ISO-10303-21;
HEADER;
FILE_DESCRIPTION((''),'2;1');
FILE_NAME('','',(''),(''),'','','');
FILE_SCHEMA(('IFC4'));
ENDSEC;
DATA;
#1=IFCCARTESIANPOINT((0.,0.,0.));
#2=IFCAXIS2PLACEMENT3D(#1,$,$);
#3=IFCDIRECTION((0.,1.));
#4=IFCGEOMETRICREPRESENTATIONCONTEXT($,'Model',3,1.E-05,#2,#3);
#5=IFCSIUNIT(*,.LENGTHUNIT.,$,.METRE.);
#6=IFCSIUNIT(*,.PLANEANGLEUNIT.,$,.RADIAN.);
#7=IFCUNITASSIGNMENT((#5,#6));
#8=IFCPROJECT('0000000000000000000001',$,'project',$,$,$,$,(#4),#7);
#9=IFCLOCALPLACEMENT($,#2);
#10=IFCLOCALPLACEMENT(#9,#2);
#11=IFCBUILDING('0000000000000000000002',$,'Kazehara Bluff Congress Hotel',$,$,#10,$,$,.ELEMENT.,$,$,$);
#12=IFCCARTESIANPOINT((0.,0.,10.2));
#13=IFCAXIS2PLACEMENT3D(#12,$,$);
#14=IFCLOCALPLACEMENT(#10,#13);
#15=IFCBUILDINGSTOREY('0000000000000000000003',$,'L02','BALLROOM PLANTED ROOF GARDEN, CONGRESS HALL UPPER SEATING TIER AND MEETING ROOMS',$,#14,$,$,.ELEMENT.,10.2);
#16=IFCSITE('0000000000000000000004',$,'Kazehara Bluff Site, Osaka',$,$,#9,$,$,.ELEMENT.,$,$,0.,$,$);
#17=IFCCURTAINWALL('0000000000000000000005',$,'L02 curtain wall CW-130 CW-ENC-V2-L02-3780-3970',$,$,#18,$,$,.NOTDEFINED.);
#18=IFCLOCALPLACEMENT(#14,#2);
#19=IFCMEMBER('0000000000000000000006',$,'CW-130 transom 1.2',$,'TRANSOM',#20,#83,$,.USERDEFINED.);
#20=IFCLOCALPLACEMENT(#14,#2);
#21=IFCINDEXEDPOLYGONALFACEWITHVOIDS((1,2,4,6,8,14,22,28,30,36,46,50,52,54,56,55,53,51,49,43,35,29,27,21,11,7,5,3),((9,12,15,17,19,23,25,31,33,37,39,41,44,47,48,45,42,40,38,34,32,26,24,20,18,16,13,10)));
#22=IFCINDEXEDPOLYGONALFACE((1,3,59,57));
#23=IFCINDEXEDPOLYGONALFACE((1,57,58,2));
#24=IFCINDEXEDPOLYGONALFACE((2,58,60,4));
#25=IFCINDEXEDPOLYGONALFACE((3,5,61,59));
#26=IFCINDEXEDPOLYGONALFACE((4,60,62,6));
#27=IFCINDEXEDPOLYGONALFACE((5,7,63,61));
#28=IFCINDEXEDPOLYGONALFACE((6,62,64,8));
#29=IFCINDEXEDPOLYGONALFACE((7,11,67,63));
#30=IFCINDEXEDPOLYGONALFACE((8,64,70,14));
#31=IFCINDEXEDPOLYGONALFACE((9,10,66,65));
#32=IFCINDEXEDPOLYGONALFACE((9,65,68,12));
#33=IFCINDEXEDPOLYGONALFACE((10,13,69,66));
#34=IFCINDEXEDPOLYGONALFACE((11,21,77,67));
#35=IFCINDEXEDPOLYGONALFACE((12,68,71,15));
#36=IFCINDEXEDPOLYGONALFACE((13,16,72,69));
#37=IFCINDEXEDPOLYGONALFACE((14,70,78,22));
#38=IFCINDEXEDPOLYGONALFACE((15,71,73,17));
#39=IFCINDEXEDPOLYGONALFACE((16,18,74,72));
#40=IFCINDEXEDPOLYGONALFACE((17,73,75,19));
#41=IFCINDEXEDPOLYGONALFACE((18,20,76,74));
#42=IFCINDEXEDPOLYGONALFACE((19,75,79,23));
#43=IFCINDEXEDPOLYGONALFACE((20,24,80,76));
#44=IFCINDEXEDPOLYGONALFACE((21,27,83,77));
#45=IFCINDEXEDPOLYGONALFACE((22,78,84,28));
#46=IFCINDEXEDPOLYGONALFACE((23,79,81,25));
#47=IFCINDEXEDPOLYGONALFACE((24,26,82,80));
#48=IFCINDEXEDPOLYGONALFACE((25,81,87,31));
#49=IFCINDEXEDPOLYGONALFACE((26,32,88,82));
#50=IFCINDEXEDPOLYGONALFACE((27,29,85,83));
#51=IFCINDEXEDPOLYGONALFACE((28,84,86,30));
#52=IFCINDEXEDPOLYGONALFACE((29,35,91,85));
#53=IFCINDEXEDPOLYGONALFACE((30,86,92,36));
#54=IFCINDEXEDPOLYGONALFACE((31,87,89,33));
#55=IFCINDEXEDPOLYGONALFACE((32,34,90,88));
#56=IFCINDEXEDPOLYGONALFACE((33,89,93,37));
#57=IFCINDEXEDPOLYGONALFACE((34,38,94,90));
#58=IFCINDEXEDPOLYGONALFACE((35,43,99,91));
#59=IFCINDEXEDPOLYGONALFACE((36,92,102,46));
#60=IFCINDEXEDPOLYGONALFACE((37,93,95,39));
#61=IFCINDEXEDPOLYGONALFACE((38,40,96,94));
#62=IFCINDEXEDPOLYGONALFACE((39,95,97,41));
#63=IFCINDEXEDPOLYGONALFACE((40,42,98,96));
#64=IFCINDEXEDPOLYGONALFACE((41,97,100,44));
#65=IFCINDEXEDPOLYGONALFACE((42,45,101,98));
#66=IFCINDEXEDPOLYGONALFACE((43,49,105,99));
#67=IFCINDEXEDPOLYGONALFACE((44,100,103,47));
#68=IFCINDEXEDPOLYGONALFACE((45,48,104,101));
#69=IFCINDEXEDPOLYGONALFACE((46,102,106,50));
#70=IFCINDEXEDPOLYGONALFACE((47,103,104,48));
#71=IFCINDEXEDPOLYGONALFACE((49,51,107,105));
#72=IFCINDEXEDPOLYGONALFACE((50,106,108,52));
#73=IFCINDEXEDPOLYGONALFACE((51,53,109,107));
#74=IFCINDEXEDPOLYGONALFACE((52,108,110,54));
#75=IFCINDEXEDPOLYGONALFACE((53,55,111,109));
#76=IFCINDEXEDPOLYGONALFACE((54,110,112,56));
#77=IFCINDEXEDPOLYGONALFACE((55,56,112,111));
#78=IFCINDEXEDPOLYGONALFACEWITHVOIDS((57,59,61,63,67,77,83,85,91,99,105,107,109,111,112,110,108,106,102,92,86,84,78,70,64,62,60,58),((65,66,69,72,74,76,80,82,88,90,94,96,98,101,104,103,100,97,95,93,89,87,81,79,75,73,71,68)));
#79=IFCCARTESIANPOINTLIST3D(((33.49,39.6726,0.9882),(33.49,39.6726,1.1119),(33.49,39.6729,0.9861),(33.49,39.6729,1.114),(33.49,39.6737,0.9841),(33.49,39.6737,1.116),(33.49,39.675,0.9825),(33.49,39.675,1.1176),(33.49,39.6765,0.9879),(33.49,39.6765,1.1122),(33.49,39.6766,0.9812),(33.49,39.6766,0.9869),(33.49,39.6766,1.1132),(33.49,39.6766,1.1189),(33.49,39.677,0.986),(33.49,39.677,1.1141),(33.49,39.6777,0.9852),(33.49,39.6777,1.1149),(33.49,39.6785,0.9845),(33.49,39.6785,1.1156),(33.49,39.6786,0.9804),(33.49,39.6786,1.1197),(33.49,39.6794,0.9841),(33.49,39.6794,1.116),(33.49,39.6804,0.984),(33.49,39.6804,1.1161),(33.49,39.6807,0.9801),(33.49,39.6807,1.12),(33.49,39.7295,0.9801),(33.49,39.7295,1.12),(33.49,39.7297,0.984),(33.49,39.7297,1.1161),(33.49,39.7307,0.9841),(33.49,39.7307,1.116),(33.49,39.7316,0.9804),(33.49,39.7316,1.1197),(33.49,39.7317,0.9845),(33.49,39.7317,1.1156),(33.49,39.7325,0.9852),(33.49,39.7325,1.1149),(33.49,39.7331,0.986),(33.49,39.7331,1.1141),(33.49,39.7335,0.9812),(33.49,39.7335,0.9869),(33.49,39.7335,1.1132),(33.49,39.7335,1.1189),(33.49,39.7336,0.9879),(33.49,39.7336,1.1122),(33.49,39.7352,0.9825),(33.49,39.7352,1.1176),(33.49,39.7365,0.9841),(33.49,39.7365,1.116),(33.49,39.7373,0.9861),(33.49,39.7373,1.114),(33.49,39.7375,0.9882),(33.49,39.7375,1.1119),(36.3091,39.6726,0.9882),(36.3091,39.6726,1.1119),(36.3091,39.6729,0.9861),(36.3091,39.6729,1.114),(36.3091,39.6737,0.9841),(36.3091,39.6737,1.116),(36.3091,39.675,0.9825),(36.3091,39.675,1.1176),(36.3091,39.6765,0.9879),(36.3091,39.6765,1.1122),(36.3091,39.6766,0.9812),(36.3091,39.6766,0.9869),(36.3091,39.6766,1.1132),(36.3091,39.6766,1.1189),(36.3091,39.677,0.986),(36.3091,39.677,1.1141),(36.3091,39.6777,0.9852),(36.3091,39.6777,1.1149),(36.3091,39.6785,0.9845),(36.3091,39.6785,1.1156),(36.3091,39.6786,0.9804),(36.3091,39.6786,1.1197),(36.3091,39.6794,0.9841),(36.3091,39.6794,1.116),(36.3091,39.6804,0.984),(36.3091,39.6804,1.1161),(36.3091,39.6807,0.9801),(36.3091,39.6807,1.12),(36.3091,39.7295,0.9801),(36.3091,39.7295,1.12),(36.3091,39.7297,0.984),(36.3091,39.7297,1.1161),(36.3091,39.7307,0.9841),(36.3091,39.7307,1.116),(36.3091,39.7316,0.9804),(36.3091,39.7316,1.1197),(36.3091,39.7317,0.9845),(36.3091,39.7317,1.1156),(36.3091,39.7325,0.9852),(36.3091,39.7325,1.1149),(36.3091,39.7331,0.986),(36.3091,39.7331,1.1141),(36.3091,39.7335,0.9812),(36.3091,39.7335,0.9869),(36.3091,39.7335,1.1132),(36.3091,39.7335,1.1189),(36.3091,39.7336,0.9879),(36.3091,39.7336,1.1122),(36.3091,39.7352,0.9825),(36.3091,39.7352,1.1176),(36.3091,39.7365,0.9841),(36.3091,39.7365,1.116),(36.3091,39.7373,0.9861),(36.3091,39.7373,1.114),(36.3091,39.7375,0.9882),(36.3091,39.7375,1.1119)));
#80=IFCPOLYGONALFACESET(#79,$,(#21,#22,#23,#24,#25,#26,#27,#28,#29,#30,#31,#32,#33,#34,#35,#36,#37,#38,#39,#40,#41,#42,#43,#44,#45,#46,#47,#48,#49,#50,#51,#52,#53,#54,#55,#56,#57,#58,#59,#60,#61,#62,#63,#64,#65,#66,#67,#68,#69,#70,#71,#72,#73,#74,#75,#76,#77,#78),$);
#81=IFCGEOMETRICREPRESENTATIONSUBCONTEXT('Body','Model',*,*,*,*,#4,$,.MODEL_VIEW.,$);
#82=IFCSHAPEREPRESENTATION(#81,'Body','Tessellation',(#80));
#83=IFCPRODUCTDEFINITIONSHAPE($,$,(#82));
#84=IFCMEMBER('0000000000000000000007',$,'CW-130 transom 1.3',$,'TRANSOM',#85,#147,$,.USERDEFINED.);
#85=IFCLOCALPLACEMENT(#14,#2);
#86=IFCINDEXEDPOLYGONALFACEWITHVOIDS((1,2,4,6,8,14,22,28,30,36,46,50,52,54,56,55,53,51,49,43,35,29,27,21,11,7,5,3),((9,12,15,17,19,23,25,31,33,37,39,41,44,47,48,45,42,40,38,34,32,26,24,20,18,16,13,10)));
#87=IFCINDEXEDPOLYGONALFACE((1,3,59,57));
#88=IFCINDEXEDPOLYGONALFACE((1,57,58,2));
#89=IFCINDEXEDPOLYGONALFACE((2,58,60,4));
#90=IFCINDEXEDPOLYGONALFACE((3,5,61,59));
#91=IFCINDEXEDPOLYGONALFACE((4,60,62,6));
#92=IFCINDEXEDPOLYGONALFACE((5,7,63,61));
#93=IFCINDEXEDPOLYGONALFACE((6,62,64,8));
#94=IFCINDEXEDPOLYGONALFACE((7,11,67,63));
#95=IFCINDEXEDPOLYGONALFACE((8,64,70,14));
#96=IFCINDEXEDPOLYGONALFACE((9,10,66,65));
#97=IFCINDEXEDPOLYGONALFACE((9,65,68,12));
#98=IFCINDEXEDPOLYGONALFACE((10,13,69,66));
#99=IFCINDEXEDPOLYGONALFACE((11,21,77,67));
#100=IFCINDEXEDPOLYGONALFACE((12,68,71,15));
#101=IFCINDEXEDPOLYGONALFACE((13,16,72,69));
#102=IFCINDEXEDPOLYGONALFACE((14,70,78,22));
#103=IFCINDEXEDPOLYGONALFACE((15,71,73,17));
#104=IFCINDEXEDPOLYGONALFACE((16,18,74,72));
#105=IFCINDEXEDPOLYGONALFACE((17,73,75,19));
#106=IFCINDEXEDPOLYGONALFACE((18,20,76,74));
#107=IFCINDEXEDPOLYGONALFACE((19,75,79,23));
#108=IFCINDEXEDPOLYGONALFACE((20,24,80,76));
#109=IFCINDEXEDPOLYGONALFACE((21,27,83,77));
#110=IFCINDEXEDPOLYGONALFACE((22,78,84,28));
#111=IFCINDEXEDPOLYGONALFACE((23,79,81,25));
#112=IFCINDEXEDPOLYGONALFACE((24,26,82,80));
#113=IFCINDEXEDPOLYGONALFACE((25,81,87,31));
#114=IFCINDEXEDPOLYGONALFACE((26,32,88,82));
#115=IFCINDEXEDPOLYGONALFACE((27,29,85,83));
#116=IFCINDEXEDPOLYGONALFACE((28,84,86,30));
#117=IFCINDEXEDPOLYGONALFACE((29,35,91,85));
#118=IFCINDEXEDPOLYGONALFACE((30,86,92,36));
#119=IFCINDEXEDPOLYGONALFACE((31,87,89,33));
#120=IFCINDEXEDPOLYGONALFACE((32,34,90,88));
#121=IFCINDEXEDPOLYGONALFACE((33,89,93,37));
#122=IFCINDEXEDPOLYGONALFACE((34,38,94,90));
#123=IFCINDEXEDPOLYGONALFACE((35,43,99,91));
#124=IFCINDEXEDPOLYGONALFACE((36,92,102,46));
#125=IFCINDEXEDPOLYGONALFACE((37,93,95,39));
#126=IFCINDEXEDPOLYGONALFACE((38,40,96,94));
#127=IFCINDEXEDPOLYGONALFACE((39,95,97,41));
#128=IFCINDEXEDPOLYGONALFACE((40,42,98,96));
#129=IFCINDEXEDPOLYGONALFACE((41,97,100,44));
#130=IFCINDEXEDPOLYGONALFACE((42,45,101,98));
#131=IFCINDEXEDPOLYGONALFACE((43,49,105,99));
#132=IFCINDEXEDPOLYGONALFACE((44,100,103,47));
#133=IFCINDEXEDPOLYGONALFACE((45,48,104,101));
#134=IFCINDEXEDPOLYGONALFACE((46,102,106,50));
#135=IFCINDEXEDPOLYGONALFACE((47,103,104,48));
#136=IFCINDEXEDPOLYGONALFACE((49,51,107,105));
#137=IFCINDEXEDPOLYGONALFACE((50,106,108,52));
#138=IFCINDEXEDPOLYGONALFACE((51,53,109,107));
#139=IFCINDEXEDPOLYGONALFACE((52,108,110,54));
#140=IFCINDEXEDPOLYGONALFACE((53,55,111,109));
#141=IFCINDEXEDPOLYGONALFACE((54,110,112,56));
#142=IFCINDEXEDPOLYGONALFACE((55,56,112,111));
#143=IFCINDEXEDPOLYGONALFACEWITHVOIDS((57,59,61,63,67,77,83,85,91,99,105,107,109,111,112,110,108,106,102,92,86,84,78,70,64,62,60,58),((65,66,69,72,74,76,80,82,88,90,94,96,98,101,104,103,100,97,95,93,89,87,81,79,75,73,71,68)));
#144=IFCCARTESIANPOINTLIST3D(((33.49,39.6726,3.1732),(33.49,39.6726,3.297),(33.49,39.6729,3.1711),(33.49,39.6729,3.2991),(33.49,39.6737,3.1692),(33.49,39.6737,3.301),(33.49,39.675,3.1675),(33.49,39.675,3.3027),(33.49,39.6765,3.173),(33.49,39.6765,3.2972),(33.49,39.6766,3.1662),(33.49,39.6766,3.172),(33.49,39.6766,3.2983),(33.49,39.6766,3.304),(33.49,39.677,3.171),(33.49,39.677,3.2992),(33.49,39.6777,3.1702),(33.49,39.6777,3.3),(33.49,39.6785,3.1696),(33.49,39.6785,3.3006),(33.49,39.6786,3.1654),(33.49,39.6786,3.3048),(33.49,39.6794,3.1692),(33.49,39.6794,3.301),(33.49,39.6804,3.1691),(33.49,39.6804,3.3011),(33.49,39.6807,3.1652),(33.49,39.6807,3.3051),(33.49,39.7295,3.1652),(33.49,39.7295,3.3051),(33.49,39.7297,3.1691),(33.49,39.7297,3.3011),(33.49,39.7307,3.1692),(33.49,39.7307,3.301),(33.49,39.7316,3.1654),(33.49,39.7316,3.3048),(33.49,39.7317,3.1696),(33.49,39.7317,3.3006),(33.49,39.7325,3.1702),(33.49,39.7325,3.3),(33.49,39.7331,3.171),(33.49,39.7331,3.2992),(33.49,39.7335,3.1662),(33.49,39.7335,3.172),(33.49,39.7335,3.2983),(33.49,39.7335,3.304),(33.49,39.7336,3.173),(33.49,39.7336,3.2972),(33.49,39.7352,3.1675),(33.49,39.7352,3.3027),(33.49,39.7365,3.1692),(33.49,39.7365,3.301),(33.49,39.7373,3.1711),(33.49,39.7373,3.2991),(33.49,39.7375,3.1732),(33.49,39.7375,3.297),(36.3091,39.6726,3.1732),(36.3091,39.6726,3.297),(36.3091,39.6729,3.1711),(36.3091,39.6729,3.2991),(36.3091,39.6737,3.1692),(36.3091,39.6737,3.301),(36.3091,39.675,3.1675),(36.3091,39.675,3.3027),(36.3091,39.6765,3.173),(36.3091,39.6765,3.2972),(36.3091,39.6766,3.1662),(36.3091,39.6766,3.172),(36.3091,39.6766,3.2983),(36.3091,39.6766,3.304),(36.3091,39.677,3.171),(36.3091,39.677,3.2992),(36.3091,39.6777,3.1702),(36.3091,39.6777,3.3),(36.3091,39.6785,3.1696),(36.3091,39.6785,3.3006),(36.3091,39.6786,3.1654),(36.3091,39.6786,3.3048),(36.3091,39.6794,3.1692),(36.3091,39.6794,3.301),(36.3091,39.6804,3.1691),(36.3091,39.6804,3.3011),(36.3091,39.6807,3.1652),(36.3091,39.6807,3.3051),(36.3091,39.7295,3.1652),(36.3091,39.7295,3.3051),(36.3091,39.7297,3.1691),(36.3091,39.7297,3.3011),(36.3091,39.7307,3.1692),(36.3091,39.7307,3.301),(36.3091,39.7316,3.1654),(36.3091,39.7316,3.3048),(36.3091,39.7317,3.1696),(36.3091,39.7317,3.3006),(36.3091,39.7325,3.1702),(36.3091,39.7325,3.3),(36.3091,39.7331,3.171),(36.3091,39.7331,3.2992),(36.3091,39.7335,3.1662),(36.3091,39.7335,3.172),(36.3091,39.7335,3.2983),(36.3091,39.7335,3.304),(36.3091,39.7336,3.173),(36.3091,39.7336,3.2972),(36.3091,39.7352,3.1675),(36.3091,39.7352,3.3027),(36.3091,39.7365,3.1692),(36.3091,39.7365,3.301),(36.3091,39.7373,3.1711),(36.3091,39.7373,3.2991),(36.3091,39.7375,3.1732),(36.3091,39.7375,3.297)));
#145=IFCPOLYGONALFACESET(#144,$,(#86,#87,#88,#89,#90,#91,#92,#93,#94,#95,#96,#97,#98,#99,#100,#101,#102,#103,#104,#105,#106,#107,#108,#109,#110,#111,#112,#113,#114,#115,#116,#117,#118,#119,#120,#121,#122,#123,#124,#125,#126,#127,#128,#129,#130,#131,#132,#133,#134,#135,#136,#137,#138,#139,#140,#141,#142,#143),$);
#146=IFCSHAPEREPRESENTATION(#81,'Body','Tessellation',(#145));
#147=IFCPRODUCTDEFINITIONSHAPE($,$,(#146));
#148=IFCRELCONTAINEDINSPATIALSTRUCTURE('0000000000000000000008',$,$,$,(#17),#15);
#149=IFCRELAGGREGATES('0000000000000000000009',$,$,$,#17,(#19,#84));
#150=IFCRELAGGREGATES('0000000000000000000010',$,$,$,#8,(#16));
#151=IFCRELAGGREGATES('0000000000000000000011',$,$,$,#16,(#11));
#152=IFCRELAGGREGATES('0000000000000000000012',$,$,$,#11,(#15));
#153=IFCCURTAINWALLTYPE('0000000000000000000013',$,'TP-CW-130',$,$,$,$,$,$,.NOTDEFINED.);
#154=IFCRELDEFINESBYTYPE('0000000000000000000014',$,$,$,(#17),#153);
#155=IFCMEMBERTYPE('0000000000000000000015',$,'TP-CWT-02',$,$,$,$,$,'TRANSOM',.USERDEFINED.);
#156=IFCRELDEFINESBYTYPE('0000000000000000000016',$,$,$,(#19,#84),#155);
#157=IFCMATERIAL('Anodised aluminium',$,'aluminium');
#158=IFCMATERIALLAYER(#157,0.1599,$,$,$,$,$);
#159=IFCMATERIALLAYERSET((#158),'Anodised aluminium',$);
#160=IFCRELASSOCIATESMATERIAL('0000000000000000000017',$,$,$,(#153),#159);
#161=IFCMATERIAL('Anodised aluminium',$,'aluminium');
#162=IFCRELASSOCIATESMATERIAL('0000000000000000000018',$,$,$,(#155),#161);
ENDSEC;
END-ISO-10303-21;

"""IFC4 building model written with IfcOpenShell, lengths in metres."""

from ifc_helpers import new_model, si_unit, direction, frame, origin, origin_2d, place, context, subcontext, project, spatial, hollow_rectangle, extrude, material, layer, layer_set, material_profile, profile_set, type_object, element, aggregate, save


model = new_model("IFC4")

# Units and contexts
model_context = context("Model", 3, precision=1e-05, world=origin(), true_north=direction((0.0, 1.0)))
body_context = subcontext(model_context, "Body", "Model", "MODEL_VIEW")
ifc_project = project(units=[si_unit("LENGTHUNIT", "METRE"), si_unit("PLANEANGLEUNIT", "RADIAN")], contexts=[model_context])

# Site, building, storey
site_placement = place(None, origin())
site = spatial("IfcSite", under=ifc_project, at=site_placement, Name="Kazehara Bluff Site, Osaka", CompositionType="ELEMENT", RefElevation=0.0)
building_placement = place(site_placement, origin())
building = spatial("IfcBuilding", under=site, at=building_placement, Name="Kazehara Bluff Congress Hotel", CompositionType="ELEMENT")
storey_placement = place(building_placement, frame((0.0, 0.0, 10.2)))
storey = spatial("IfcBuildingStorey", under=building, at=storey_placement, Name="L02", Description="BALLROOM PLANTED ROOF GARDEN, CONGRESS HALL UPPER SEATING TIER AND MEETING ROOMS", CompositionType="ELEMENT", Elevation=10.2)

# Curtain wall
ifc_material_1 = material(Name="Anodised aluminium", Category="aluminium")
ifc_layer_1 = layer(ifc_material_1, 0.1599)
ifc_layer_set_1 = layer_set([ifc_layer_1], Name="Anodised aluminium")
curtain_wall_type_1 = type_object("IfcCurtainWallType", Name="TP-CW-130", PredefinedType="NOTDEFINED", material=ifc_layer_set_1)
curtain_wall_1_placement = place(storey_placement, origin())
curtain_wall_1 = element("IfcCurtainWall", 1, at=curtain_wall_1_placement, inside=storey, type_object=curtain_wall_type_1, Name="L02 curtain wall CW-130 CW-ENC-V2-L02-3780-3970", PredefinedType="NOTDEFINED")

# Members
ifc_material_2 = material(Name="Anodised aluminium", Category="aluminium")
ifc_material_profile_1 = material_profile(ifc_material_2, hollow_rectangle(XDim=0.0649, YDim=0.1399, WallThickness=0.0039, InnerFilletRadius=0.0039, OuterFilletRadius=0.0081, at=origin_2d()))
ifc_profile_set_1 = profile_set([ifc_material_profile_1], Name="Anodised aluminium")
member_type_1 = type_object("IfcMemberType", Name="TP-CWT-02", ElementType="TRANSOM", PredefinedType="USERDEFINED", material=ifc_profile_set_1)
member_1_placement = place(storey_placement, frame((33.49, 39.7051, 1.05), z_axis=(1.0, 0.0, 0.0), x_axis=(0.0, 1.0, 0.0)))
member_1 = element("IfcMember", 2, at=member_1_placement, type_object=member_type_1, Name="CW-130 transom 1.2", ObjectType="TRANSOM", PredefinedType="USERDEFINED", context=body_context, shape_type="SweptSolid", body=[
    extrude(hollow_rectangle(XDim=0.0649, YDim=0.1399, WallThickness=0.0039, InnerFilletRadius=0.0039, OuterFilletRadius=0.0081, at=origin_2d()), origin(), (0.0, 0.0, 1.0), 2.8191),
])
member_2_placement = place(storey_placement, frame((33.49, 39.7051, 3.2351), z_axis=(1.0, 0.0, 0.0), x_axis=(0.0, 1.0, 0.0)))
member_2 = element("IfcMember", 3, at=member_2_placement, type_object=member_type_1, Name="CW-130 transom 1.3", ObjectType="TRANSOM", PredefinedType="USERDEFINED", context=body_context, shape_type="SweptSolid", body=[
    extrude(hollow_rectangle(XDim=0.0649, YDim=0.1399, WallThickness=0.0039, InnerFilletRadius=0.0039, OuterFilletRadius=0.0081, at=origin_2d()), origin(), (0.0, 0.0, 1.0), 2.8191),
])
aggregate(curtain_wall_1, [member_1, member_2])

save(model, "model.ifc")
